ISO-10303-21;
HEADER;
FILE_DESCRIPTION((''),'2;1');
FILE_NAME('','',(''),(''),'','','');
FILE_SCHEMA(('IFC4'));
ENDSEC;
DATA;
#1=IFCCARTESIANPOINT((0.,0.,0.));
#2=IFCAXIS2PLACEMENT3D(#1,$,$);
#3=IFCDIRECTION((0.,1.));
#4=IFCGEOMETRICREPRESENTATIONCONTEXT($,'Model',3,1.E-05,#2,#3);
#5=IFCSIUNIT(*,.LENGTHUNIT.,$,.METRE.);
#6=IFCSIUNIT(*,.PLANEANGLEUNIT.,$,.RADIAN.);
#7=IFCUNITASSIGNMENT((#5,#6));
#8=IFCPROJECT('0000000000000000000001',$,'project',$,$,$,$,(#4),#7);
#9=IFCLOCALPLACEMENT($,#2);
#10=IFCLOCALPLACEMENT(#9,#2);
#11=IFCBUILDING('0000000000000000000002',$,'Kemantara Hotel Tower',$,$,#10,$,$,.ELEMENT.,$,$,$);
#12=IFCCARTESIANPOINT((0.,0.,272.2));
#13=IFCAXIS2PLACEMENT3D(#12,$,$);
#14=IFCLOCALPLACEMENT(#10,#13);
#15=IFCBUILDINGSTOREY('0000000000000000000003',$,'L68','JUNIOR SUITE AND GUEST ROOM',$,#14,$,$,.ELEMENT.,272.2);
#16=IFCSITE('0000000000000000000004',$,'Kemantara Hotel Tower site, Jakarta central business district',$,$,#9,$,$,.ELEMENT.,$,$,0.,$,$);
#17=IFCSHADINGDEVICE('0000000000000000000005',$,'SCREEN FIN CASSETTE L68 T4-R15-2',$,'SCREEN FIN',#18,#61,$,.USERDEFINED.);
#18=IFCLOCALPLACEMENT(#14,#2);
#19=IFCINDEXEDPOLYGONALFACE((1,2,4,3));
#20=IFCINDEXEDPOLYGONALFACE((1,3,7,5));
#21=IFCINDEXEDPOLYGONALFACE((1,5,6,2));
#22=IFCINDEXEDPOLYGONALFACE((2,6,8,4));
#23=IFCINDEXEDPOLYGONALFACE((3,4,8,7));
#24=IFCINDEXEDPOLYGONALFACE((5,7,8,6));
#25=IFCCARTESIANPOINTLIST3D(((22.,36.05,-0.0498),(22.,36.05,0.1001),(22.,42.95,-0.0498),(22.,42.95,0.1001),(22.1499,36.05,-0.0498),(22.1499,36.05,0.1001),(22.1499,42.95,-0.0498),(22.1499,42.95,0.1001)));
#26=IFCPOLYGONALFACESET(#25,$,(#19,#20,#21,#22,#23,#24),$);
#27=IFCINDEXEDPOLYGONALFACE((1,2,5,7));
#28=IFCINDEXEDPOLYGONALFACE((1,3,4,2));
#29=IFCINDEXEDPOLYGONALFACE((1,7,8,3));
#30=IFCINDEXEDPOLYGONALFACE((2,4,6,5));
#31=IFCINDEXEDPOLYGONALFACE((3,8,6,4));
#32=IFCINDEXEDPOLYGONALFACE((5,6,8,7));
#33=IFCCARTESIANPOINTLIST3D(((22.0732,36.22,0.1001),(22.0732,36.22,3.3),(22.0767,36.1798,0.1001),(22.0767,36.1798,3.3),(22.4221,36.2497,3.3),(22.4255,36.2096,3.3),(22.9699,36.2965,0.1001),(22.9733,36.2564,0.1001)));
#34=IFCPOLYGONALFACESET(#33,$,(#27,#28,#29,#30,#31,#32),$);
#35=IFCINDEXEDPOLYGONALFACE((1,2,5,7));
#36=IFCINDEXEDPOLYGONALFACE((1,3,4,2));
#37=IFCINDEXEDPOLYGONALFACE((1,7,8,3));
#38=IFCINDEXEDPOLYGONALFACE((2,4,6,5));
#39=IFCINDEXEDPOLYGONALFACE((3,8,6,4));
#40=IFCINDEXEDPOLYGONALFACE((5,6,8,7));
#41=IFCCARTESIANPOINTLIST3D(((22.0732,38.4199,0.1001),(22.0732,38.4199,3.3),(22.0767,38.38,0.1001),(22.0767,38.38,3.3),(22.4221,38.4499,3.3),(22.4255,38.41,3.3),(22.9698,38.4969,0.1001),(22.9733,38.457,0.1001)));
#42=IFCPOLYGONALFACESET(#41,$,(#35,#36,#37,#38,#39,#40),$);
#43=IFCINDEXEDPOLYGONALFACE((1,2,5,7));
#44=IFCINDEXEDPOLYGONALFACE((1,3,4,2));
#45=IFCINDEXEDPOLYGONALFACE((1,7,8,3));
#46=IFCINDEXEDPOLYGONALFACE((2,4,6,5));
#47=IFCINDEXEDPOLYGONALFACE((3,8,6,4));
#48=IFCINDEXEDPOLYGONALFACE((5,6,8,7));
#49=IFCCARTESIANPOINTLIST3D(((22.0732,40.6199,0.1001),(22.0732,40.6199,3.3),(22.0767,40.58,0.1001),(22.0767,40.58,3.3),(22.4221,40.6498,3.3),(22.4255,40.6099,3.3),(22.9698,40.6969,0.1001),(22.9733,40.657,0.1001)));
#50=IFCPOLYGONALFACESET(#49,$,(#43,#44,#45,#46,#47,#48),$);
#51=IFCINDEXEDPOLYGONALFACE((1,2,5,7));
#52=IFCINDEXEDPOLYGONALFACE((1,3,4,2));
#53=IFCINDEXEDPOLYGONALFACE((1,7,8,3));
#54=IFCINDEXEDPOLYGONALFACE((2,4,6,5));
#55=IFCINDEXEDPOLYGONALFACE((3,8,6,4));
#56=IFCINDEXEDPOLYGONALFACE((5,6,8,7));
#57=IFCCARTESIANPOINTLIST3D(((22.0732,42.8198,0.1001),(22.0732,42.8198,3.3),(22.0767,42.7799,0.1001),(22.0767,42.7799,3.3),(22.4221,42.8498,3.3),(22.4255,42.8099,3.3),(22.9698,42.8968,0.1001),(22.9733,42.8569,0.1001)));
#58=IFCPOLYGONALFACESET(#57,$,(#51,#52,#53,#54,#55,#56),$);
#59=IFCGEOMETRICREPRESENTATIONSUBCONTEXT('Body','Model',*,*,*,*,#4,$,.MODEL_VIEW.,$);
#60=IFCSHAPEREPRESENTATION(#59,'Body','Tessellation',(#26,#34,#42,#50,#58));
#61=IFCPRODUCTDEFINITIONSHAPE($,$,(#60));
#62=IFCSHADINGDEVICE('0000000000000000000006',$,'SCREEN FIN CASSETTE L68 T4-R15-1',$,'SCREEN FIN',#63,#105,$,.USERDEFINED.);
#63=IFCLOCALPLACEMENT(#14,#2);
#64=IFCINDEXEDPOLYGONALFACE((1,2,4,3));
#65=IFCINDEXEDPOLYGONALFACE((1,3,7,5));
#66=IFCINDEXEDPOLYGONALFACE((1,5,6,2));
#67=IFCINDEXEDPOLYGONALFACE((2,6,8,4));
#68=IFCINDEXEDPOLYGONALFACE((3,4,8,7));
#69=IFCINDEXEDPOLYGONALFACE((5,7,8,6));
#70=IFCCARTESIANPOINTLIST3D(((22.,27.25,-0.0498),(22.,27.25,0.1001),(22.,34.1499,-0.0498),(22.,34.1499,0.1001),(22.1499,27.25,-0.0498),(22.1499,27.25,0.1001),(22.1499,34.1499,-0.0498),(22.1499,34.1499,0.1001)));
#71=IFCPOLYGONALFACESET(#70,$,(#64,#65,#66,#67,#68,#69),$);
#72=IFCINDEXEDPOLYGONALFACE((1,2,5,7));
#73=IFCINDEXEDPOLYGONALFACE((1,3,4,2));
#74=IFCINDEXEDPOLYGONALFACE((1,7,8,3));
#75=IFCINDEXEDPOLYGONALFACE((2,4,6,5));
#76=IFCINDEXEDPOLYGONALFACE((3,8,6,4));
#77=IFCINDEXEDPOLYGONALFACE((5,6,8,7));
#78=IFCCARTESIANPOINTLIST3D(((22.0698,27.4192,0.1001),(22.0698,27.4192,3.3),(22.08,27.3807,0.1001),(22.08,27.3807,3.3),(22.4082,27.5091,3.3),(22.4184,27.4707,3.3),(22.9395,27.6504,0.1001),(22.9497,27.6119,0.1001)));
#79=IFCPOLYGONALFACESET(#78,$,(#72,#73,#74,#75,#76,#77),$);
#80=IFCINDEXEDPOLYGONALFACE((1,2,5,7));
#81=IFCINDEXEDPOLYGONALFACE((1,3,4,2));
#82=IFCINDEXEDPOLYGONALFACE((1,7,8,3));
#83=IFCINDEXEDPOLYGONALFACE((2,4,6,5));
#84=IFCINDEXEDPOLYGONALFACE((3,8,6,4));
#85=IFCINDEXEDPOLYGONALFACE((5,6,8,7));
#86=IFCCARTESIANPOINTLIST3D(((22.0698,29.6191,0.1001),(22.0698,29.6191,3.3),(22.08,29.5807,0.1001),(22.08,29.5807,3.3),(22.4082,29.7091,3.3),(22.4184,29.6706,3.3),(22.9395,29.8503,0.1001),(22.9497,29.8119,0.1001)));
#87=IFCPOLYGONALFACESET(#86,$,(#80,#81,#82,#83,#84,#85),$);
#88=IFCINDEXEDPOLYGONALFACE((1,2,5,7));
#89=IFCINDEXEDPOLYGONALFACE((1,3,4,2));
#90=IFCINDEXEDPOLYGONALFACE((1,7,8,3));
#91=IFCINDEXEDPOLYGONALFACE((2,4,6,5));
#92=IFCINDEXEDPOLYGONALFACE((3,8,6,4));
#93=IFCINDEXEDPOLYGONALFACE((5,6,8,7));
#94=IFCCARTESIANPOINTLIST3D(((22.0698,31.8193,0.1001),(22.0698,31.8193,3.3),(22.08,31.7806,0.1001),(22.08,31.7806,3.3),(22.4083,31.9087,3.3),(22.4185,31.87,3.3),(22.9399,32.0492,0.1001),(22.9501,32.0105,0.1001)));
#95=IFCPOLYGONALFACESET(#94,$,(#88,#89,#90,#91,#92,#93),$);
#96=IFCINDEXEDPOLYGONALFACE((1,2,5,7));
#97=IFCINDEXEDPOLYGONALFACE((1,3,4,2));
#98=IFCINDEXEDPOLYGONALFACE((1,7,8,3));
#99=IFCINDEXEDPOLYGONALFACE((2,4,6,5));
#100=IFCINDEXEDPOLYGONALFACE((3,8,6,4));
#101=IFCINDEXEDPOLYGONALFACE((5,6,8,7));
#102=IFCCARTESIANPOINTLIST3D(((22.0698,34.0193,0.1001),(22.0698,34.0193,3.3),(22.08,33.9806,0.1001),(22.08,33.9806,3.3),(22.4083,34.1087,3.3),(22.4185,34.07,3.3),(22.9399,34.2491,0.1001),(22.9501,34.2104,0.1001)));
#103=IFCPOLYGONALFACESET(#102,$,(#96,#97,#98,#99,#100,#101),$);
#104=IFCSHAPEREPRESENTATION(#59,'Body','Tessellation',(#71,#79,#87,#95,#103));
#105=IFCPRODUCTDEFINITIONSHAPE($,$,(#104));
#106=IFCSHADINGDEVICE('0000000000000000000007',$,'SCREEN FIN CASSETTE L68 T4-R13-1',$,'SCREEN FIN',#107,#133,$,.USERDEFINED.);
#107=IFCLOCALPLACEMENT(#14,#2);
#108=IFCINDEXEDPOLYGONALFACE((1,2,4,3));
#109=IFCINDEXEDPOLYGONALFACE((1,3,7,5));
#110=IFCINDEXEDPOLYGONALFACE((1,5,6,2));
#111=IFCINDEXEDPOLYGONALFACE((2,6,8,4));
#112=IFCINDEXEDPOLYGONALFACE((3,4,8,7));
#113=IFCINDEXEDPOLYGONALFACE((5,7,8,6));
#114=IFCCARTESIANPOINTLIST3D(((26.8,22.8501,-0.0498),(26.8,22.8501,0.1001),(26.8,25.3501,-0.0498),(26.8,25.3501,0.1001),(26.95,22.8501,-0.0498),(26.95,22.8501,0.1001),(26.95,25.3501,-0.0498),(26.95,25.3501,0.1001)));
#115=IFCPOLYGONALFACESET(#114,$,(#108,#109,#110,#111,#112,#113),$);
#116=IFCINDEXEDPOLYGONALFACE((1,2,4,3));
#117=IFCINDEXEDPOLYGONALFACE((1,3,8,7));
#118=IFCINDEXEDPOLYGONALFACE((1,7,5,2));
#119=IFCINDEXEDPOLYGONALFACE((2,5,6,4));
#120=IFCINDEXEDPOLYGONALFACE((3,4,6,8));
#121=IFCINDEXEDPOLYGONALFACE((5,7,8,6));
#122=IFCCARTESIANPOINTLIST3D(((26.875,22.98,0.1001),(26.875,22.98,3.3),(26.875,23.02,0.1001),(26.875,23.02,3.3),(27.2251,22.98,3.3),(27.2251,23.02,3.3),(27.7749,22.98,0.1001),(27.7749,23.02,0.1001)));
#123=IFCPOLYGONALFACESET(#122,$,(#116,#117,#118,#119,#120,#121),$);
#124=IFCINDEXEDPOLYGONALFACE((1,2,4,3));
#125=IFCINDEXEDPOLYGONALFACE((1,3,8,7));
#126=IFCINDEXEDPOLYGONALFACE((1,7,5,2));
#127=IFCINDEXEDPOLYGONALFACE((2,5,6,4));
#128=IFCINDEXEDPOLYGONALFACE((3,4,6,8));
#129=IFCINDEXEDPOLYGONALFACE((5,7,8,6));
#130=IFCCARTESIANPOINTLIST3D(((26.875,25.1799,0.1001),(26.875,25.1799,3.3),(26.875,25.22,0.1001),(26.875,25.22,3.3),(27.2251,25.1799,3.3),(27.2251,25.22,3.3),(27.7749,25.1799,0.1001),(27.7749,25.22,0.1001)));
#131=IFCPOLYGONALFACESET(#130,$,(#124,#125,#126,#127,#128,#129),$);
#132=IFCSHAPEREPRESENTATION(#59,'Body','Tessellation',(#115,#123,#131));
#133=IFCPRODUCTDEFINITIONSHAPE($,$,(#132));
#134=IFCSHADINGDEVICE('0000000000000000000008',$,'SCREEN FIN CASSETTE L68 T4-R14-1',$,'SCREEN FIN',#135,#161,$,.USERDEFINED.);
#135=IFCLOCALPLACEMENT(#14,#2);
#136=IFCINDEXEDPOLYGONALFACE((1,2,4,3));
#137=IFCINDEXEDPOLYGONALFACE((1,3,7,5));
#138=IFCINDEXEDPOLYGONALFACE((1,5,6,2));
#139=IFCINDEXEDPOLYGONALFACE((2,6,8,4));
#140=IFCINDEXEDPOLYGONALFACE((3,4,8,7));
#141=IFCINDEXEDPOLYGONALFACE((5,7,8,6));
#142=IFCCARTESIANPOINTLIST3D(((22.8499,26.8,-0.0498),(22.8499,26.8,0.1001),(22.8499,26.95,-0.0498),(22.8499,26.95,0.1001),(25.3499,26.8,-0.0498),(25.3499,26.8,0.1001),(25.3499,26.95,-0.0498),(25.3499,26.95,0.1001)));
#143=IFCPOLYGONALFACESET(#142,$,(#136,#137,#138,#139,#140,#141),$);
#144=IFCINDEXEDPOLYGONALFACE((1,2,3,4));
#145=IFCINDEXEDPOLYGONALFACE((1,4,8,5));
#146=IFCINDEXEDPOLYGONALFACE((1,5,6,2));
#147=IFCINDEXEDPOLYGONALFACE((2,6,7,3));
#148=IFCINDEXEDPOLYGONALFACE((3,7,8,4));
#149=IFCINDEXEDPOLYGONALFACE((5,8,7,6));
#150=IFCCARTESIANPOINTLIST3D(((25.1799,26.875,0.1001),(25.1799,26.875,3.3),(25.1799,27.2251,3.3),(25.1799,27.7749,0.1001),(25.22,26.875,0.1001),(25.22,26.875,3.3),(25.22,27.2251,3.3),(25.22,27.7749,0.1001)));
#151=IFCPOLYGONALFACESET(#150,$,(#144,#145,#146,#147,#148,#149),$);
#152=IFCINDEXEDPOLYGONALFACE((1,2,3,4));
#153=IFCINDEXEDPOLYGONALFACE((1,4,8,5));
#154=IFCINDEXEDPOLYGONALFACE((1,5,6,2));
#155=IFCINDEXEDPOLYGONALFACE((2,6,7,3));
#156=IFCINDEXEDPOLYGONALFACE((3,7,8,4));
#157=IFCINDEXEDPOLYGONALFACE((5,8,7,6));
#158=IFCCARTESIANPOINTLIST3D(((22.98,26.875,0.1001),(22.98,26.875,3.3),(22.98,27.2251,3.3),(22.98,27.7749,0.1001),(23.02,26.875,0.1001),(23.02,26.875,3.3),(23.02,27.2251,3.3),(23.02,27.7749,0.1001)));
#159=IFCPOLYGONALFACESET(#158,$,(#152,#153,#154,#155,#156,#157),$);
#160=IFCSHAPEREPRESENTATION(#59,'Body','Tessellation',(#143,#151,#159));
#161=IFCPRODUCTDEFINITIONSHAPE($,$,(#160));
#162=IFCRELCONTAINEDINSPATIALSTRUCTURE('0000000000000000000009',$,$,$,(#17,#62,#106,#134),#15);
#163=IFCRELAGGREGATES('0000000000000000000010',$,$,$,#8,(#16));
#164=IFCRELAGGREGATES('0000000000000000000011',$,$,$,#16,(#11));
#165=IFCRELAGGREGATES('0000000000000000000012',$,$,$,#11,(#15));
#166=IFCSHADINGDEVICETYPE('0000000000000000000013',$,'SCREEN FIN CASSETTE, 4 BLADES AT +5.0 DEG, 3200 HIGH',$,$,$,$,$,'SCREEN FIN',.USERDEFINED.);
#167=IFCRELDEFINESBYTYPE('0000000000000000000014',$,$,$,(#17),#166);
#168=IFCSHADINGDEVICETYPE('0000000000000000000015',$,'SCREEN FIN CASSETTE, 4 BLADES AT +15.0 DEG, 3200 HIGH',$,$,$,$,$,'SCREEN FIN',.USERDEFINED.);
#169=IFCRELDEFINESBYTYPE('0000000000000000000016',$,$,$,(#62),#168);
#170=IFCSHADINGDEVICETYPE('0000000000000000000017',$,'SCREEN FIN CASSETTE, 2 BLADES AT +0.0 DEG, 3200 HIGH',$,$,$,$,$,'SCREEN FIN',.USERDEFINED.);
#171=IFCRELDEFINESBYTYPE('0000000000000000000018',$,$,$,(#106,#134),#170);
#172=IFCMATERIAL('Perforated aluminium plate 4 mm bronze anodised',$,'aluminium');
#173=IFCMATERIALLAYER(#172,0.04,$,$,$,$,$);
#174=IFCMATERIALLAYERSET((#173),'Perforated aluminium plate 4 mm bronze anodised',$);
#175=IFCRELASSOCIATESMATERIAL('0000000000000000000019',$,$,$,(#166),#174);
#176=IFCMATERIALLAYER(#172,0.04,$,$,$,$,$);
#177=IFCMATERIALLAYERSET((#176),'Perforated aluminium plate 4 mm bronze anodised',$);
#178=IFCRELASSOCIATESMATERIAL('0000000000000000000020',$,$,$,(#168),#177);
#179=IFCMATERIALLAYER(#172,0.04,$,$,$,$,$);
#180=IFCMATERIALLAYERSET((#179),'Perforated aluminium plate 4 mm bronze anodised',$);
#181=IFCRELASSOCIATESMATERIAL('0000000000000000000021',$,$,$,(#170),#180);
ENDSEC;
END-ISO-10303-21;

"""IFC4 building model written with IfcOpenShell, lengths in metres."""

from ifc_helpers import new_model, si_unit, direction, frame, origin, origin_2d, place, context, subcontext, project, spatial, polyline, rectangle, outline, extrude, source, transform, mapped, material, layer, layer_set, type_object, element, save


model = new_model("IFC4")

# Units and contexts
model_context = context("Model", 3, precision=1e-05, world=origin(), true_north=direction((0.0, 1.0)))
body_context = subcontext(model_context, "Body", "Model", "MODEL_VIEW")
ifc_project = project(units=[si_unit("LENGTHUNIT", "METRE"), si_unit("PLANEANGLEUNIT", "RADIAN")], contexts=[model_context])

# Site, building, storey
site_placement = place(None, origin())
site = spatial("IfcSite", under=ifc_project, at=site_placement, Name="Kemantara Hotel Tower site, Jakarta central business district", CompositionType="ELEMENT", RefElevation=0.0)
building_placement = place(site_placement, origin())
building = spatial("IfcBuilding", under=site, at=building_placement, Name="Kemantara Hotel Tower", CompositionType="ELEMENT")
storey_placement = place(building_placement, frame((0.0, 0.0, 272.2)))
storey = spatial("IfcBuildingStorey", under=building, at=storey_placement, Name="L68", Description="JUNIOR SUITE AND GUEST ROOM", CompositionType="ELEMENT", Elevation=272.2)

# Shading devices
ifc_material_1 = material(Name="Perforated aluminium plate 4 mm bronze anodised", Category="aluminium")
ifc_layer_1 = layer(ifc_material_1, 0.04)
ifc_layer_set_1 = layer_set([ifc_layer_1], Name="Perforated aluminium plate 4 mm bronze anodised")
shading_device_type_1 = type_object("IfcShadingDeviceType", Name="SCREEN FIN CASSETTE, 4 BLADES AT +5.0 DEG, 3200 HIGH", ElementType="SCREEN FIN", PredefinedType="USERDEFINED", material=ifc_layer_set_1)
shared_shape_1 = source(origin(), body_context, "Body", "SweptSolid", [
    extrude(rectangle(XDim=6.8999, YDim=0.1499, at=origin_2d()), frame((3.3, -0.075, -0.1499), z_axis=(0.0, 0.0, 1.0), x_axis=(1.0, 0.0, 0.0)), (0.0, 0.0, 1.0), 0.1499),
    extrude(outline(polyline([(0.0, 0.0), (0.8999, 0.0), (0.3501, 3.2), (0.0, 3.2), (0.0, 0.0)])), frame((0.02, -0.0732, 0.0), z_axis=(-0.996376, -0.085056, 0.0), x_axis=(0.085056, -0.996376, 0.0)), (0.0, 0.0, 1.0), 0.0403),
    extrude(outline(polyline([(0.0, 0.0), (0.8999, 0.0), (0.3501, 3.2), (0.0, 3.2), (0.0, 0.0)])), frame((2.22, -0.0732, 0.0), z_axis=(-0.996332, -0.085575, 0.0), x_axis=(0.085575, -0.996332, 0.0)), (0.0, 0.0, 1.0), 0.04),
    extrude(outline(polyline([(0.0, 0.0), (0.8999, 0.0), (0.3501, 3.2), (0.0, 3.2), (0.0, 0.0)])), frame((4.4199, -0.0732, 0.0), z_axis=(-0.996332, -0.085575, 0.0), x_axis=(0.085575, -0.996332, 0.0)), (0.0, 0.0, 1.0), 0.04),
    extrude(outline(polyline([(0.0, 0.0), (0.8999, 0.0), (0.3501, 3.2), (0.0, 3.2), (0.0, 0.0)])), frame((6.6199, -0.0732, 0.0), z_axis=(-0.996332, -0.085575, 0.0), x_axis=(0.085575, -0.996332, 0.0)), (0.0, 0.0, 1.0), 0.04),
])
shading_device_1_placement = place(storey_placement, frame((22.0, 36.2, 0.1001), z_axis=(0.0, 0.0, 1.0), x_axis=(0.0, 1.0, 0.0)))
element("IfcShadingDevice", 1, at=shading_device_1_placement, inside=storey, type_object=shading_device_type_1, Name="SCREEN FIN CASSETTE L68 T4-R15-2", ObjectType="SCREEN FIN", PredefinedType="USERDEFINED", context=body_context, shape_type="MappedRepresentation", body=[
    mapped(shared_shape_1, transform((0.0, 0.0, 0.0))),
])
ifc_layer_2 = layer(ifc_material_1, 0.04)
ifc_layer_set_2 = layer_set([ifc_layer_2], Name="Perforated aluminium plate 4 mm bronze anodised")
shading_device_type_2 = type_object("IfcShadingDeviceType", Name="SCREEN FIN CASSETTE, 4 BLADES AT +15.0 DEG, 3200 HIGH", ElementType="SCREEN FIN", PredefinedType="USERDEFINED", material=ifc_layer_set_2)
shared_shape_2 = source(origin(), body_context, "Body", "SweptSolid", [
    extrude(rectangle(XDim=6.8999, YDim=0.1499, at=origin_2d()), frame((3.3, -0.075, -0.1499), z_axis=(0.0, 0.0, 1.0), x_axis=(1.0, 0.0, 0.0)), (0.0, 0.0, 1.0), 0.1499),
    extrude(outline(polyline([(0.0, 0.0), (0.8999, 0.0), (0.3501, 3.2), (0.0, 3.2), (0.0, 0.0)])), frame((0.0193, -0.0698, 0.0), z_axis=(-0.966438, -0.256901, 0.0), x_axis=(0.256901, -0.966438, 0.0)), (0.0, 0.0, 1.0), 0.0398),
    extrude(outline(polyline([(0.0, 0.0), (0.8999, 0.0), (0.3501, 3.2), (0.0, 3.2), (0.0, 0.0)])), frame((2.2192, -0.0698, 0.0), z_axis=(-0.966438, -0.256901, 0.0), x_axis=(0.256901, -0.966438, 0.0)), (0.0, 0.0, 1.0), 0.0398),
    extrude(outline(polyline([(0.0, 0.0), (0.8999, 0.0), (0.3501, 3.2), (0.0, 3.2), (0.0, 0.0)])), frame((4.4194, -0.0698, 0.0), z_axis=(-0.966838, -0.255391, 0.0), x_axis=(0.255391, -0.966838, 0.0)), (0.0, 0.0, 1.0), 0.04),
    extrude(outline(polyline([(0.0, 0.0), (0.8999, 0.0), (0.3501, 3.2), (0.0, 3.2), (0.0, 0.0)])), frame((6.6194, -0.0698, 0.0), z_axis=(-0.966838, -0.255391, 0.0), x_axis=(0.255391, -0.966838, 0.0)), (0.0, 0.0, 1.0), 0.04),
])
shading_device_2_placement = place(storey_placement, frame((22.0, 27.3999, 0.1001), z_axis=(0.0, 0.0, 1.0), x_axis=(0.0, 1.0, 0.0)))
element("IfcShadingDevice", 2, at=shading_device_2_placement, inside=storey, type_object=shading_device_type_2, Name="SCREEN FIN CASSETTE L68 T4-R15-1", ObjectType="SCREEN FIN", PredefinedType="USERDEFINED", context=body_context, shape_type="MappedRepresentation", body=[
    mapped(shared_shape_2, transform((0.0, 0.0, 0.0))),
])
ifc_layer_3 = layer(ifc_material_1, 0.04)
ifc_layer_set_3 = layer_set([ifc_layer_3], Name="Perforated aluminium plate 4 mm bronze anodised")
shading_device_type_3 = type_object("IfcShadingDeviceType", Name="SCREEN FIN CASSETTE, 2 BLADES AT +0.0 DEG, 3200 HIGH", ElementType="SCREEN FIN", PredefinedType="USERDEFINED", material=ifc_layer_set_3)
shared_shape_3 = source(origin(), body_context, "Body", "SweptSolid", [
    extrude(rectangle(XDim=2.5, YDim=0.1499, at=origin_2d()), frame((1.1001, -0.075, -0.1499), z_axis=(0.0, 0.0, 1.0), x_axis=(1.0, 0.0, 0.0)), (0.0, 0.0, 1.0), 0.1499),
    extrude(outline(polyline([(0.0, 0.0), (0.8999, 0.0), (0.3501, 3.2), (0.0, 3.2), (0.0, 0.0)])), frame((0.02, -0.075, 0.0), z_axis=(-1.0, 0.0, 0.0), x_axis=(0.0, -1.0, 0.0)), (0.0, 0.0, 1.0), 0.04),
    extrude(outline(polyline([(0.0, 0.0), (0.8999, 0.0), (0.3501, 3.2), (0.0, 3.2), (0.0, 0.0)])), frame((2.22, -0.075, 0.0), z_axis=(-1.0, 0.0, 0.0), x_axis=(0.0, -1.0, 0.0)), (0.0, 0.0, 1.0), 0.04),
])
for number, where, z_axis, x_axis, name in (
    (3, (26.8, 23.0, 0.1001), (0.0, 0.0, 1.0), (0.0, 1.0, 0.0), "SCREEN FIN CASSETTE L68 T4-R13-1"),
    (4, (25.2, 26.8, 0.1001), (0.0, 0.0, 1.0), (-1.0, 0.0, 0.0), "SCREEN FIN CASSETTE L68 T4-R14-1"),
):
    element("IfcShadingDevice", number, at=place(storey_placement, frame(where, z_axis=z_axis, x_axis=x_axis)), inside=storey, type_object=shading_device_type_3, Name=name, ObjectType="SCREEN FIN", PredefinedType="USERDEFINED", context=body_context, shape_type="MappedRepresentation", body=[
        mapped(shared_shape_3, transform((0.0, 0.0, 0.0))),
    ])

save(model, "model.ifc")
